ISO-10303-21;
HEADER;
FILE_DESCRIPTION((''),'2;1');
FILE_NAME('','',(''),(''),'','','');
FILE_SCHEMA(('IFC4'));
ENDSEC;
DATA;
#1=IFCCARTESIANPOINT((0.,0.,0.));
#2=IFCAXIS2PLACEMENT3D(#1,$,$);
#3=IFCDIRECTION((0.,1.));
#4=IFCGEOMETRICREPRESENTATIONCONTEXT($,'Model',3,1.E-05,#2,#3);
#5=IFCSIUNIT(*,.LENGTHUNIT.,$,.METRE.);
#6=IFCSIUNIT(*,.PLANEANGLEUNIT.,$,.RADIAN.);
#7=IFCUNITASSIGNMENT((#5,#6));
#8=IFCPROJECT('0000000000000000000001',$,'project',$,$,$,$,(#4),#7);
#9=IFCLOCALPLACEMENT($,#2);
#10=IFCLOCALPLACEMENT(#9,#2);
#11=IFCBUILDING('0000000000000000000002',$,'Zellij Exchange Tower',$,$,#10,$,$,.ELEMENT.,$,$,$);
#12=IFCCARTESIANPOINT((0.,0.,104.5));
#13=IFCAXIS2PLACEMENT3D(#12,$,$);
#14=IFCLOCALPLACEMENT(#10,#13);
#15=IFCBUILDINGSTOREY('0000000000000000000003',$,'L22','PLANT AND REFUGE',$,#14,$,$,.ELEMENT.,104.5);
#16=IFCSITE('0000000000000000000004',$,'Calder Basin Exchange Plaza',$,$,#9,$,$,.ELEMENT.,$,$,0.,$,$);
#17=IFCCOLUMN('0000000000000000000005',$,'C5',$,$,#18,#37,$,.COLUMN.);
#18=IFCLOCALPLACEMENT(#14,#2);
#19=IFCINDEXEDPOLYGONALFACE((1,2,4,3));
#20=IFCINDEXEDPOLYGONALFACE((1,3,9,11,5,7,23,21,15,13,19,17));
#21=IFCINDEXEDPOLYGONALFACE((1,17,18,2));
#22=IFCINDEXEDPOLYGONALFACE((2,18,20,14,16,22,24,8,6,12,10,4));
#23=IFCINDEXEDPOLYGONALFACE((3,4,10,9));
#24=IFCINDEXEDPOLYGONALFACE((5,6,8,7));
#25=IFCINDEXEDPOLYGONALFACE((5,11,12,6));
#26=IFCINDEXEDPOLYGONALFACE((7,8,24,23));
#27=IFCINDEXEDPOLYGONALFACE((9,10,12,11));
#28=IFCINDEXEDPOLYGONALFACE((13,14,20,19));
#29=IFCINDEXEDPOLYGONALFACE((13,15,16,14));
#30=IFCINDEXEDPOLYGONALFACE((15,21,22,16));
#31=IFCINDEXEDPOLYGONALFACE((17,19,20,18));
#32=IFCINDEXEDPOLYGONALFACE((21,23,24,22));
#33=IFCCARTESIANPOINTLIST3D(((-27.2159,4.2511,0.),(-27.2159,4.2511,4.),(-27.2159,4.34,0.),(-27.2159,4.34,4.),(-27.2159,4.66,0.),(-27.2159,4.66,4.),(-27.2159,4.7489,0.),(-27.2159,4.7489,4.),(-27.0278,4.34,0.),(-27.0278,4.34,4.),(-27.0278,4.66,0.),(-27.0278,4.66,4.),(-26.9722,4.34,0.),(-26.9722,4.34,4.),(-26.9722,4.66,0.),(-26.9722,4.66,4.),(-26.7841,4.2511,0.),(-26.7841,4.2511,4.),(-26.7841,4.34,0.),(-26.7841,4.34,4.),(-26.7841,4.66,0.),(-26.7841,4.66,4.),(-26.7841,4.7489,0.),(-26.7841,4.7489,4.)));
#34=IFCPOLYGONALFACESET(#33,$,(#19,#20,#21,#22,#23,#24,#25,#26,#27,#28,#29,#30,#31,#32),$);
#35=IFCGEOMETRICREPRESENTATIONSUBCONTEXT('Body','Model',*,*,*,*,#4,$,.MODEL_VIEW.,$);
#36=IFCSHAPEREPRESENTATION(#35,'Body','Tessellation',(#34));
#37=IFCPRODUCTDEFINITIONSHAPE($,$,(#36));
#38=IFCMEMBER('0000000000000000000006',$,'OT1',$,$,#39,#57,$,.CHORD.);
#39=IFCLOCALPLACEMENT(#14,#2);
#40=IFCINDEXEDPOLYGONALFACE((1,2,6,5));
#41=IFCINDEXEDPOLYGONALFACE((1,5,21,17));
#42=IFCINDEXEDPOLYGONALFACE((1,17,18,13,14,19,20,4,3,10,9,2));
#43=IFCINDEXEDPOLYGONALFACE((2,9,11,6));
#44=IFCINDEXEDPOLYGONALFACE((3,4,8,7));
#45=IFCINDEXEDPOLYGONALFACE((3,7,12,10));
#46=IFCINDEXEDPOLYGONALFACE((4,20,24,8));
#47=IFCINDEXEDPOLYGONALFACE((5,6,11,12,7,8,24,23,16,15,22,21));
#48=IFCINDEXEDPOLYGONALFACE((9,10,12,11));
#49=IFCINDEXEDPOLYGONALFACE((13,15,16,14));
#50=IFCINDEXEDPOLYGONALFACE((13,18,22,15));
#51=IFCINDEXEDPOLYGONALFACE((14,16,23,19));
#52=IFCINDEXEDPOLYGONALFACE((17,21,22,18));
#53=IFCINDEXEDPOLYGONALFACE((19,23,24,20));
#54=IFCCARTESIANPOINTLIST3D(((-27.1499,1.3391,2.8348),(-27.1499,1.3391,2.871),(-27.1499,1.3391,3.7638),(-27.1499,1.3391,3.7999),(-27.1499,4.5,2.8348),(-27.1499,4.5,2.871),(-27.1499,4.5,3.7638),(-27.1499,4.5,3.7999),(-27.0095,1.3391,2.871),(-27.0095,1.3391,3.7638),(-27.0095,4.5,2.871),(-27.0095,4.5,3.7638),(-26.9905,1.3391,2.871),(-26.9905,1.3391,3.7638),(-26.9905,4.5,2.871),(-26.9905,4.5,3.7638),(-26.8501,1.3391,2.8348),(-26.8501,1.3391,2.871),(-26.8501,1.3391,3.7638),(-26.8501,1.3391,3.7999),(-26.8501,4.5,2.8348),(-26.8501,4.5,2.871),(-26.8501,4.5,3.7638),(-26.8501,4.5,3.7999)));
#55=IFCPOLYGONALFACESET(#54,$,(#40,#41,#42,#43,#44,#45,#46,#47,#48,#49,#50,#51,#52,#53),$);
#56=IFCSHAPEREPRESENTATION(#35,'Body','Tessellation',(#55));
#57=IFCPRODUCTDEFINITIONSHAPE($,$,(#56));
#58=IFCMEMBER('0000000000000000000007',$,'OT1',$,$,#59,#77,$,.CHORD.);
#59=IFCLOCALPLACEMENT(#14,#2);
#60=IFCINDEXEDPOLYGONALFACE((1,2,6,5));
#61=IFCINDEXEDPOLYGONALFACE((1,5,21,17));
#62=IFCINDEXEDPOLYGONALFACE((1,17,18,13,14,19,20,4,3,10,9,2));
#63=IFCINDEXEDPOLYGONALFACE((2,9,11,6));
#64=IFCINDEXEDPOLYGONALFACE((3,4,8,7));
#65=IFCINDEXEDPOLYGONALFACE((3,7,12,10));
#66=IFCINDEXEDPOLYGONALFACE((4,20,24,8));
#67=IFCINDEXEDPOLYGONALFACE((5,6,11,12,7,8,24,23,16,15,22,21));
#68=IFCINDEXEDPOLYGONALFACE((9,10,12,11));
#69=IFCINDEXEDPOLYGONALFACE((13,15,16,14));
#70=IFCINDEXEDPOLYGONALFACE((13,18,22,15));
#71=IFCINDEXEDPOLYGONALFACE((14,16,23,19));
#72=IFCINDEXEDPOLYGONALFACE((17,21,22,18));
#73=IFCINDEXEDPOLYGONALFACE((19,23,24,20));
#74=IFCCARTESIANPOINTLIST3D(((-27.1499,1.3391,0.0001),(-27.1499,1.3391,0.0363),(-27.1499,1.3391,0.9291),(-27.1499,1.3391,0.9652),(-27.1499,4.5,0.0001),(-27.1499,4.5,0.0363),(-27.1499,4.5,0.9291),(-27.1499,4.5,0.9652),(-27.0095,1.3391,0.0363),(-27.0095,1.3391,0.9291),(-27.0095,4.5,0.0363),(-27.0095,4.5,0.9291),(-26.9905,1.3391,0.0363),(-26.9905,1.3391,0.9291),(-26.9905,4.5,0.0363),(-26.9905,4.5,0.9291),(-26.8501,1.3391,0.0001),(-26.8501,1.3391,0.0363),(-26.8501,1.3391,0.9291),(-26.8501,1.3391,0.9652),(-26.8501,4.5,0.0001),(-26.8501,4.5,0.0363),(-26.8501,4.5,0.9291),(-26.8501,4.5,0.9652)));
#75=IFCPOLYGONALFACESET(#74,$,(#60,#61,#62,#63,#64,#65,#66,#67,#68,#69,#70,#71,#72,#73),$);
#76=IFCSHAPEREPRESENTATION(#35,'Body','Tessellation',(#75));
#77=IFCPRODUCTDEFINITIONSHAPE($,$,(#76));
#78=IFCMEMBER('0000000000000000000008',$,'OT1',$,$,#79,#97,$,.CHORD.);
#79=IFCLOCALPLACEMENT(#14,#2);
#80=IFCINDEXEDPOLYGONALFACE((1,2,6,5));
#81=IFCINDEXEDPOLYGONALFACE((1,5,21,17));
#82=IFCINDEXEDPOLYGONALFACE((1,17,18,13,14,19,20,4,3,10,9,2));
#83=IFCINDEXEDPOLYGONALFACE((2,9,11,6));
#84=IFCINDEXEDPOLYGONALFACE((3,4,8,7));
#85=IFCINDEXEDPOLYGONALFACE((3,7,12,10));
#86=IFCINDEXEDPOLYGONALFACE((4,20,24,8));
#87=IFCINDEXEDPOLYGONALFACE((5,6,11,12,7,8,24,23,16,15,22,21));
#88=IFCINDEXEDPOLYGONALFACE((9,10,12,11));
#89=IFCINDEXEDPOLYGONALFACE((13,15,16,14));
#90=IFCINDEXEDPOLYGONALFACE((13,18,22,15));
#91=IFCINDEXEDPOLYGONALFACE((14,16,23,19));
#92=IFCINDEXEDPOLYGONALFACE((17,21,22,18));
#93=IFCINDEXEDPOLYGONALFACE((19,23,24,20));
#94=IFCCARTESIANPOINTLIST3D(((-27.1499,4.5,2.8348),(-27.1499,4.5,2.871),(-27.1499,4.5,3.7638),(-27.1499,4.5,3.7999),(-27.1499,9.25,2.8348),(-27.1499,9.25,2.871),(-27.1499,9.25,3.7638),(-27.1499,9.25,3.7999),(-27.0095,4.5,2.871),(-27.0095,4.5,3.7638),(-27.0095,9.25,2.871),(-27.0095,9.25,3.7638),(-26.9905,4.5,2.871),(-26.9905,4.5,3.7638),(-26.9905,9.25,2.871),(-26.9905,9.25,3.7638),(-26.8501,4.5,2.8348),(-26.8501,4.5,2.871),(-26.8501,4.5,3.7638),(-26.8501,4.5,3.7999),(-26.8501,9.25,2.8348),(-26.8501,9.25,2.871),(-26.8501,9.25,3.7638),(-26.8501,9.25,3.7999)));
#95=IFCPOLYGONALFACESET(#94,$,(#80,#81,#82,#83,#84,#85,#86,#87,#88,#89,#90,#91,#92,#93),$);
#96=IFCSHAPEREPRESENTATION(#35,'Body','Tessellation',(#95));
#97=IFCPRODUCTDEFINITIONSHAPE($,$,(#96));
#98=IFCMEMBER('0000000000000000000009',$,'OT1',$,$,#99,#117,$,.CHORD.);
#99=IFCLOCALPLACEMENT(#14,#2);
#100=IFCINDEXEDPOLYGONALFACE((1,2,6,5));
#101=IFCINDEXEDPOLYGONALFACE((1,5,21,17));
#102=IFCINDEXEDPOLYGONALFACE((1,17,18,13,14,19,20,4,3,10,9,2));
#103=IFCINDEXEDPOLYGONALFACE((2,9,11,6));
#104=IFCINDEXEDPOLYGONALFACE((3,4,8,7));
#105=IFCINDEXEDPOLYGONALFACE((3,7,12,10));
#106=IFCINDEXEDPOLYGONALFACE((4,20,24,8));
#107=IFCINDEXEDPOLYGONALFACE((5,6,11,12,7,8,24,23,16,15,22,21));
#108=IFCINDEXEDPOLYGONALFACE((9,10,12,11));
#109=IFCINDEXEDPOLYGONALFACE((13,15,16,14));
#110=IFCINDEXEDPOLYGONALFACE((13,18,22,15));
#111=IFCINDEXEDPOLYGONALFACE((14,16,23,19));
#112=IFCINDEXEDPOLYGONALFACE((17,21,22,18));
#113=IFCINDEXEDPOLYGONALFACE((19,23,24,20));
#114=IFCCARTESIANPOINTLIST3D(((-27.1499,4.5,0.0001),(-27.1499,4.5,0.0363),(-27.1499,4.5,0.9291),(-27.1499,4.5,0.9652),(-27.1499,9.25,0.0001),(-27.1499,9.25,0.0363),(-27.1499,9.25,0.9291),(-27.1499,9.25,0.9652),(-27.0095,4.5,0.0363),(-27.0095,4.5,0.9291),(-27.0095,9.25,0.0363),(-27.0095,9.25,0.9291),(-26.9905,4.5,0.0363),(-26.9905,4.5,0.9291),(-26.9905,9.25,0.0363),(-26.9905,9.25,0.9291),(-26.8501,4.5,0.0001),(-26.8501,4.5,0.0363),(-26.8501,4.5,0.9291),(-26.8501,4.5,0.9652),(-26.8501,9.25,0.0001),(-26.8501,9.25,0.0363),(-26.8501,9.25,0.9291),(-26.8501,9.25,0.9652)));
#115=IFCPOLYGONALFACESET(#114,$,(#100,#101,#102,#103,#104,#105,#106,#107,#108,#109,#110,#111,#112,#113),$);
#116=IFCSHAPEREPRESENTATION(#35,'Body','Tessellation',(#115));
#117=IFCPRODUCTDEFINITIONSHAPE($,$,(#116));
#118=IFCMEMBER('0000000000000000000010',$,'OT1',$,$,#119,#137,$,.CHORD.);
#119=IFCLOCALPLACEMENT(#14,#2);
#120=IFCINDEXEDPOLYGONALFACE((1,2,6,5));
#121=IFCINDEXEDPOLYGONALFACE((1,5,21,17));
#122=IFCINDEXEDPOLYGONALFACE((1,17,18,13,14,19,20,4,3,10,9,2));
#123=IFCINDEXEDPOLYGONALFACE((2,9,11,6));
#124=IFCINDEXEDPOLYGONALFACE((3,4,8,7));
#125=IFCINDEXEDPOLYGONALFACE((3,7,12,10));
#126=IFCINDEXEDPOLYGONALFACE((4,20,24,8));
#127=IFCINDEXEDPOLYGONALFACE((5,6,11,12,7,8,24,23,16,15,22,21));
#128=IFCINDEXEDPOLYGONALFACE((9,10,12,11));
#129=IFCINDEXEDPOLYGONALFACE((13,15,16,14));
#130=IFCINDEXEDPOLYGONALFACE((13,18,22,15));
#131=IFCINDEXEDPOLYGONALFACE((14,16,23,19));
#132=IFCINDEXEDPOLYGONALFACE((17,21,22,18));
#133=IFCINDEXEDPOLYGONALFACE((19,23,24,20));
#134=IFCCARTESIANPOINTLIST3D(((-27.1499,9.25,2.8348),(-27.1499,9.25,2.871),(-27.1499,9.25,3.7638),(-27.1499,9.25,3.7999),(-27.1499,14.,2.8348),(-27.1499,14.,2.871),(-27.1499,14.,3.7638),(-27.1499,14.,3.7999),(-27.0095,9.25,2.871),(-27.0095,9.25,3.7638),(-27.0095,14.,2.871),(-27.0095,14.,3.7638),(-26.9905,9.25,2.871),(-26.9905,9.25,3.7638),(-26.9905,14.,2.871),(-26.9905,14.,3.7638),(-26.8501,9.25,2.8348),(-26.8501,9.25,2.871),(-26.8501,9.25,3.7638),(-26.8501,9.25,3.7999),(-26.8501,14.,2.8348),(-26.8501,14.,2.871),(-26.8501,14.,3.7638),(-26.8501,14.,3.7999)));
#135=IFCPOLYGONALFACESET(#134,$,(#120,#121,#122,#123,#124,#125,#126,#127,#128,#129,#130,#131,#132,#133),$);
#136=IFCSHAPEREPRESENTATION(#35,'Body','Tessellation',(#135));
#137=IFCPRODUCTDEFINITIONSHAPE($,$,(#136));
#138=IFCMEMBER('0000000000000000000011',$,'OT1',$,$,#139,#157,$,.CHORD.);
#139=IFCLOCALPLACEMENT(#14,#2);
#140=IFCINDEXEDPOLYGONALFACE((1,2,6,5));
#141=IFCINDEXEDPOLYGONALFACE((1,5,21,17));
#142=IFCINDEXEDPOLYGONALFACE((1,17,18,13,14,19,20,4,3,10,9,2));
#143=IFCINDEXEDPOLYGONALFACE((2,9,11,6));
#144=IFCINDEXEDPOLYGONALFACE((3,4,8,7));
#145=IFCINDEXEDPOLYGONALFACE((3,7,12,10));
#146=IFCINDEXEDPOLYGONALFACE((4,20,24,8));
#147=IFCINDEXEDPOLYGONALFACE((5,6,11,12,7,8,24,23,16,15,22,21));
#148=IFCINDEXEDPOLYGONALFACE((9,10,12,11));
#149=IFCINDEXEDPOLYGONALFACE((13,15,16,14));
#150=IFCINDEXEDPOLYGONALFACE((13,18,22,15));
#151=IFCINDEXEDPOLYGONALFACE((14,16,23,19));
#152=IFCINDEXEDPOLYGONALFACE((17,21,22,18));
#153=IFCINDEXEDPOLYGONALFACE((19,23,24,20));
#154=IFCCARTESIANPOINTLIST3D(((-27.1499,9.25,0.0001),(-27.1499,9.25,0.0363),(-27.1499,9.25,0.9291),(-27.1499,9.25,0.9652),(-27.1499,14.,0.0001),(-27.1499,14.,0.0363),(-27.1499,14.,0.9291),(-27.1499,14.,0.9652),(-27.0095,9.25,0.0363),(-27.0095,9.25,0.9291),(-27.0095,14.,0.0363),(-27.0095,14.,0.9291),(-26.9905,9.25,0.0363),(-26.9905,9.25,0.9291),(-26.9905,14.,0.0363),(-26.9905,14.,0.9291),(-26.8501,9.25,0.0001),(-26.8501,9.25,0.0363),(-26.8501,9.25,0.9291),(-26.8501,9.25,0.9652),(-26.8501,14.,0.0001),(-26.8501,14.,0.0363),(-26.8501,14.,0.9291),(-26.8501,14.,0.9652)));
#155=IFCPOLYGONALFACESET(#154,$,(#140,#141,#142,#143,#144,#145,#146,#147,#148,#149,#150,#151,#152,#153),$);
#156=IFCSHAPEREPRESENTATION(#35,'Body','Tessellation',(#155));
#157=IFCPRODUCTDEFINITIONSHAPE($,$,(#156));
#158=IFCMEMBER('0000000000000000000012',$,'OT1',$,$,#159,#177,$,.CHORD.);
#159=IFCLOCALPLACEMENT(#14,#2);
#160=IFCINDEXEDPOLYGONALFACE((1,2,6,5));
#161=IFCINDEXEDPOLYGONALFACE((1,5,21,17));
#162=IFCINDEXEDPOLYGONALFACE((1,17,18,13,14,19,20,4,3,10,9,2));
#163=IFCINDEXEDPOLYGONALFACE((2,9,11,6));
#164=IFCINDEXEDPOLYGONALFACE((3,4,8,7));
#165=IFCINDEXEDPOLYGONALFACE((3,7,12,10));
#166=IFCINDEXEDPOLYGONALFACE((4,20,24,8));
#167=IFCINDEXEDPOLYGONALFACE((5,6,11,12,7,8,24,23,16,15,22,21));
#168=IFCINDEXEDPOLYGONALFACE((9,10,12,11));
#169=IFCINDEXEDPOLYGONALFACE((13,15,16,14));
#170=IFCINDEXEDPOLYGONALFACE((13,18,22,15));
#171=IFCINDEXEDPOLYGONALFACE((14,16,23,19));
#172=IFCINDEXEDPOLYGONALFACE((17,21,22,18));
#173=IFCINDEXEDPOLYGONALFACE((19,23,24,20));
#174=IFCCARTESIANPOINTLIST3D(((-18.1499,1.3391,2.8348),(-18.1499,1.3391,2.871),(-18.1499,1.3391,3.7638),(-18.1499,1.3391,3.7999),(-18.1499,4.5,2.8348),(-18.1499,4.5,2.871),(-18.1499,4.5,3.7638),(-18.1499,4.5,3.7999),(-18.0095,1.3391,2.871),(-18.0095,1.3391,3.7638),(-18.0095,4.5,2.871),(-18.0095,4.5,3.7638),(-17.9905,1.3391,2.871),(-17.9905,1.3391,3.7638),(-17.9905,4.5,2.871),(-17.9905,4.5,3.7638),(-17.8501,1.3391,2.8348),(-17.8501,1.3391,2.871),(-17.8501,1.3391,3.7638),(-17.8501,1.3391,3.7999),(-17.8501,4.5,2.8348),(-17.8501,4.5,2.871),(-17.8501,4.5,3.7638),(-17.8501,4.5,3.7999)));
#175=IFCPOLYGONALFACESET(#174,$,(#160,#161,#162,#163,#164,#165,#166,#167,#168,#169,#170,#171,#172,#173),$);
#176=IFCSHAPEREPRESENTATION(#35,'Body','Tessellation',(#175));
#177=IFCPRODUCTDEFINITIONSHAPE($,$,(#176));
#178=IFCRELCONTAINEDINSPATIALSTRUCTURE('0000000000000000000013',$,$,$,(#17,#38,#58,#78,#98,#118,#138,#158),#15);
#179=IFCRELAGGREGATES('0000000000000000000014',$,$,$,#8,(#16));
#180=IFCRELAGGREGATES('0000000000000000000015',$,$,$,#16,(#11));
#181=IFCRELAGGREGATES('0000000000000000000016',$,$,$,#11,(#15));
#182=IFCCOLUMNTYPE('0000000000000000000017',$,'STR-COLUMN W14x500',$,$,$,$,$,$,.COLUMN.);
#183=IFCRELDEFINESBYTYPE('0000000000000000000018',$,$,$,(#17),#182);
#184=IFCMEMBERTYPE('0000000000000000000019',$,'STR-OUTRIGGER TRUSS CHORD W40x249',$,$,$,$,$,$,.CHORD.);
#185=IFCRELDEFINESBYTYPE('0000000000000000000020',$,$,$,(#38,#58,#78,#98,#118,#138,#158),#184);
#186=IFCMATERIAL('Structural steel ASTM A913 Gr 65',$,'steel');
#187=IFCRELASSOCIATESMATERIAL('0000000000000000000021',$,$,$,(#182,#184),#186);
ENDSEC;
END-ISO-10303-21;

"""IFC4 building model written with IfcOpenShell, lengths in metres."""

from ifc_helpers import new_model, si_unit, direction, frame, origin, origin_2d, place, context, subcontext, project, spatial, i_section, extrude, material, material_profile, profile_set, type_object, element, save


model = new_model("IFC4")

# Units and contexts
model_context = context("Model", 3, precision=1e-05, world=origin(), true_north=direction((0.0, 1.0)))
body_context = subcontext(model_context, "Body", "Model", "MODEL_VIEW")
ifc_project = project(units=[si_unit("LENGTHUNIT", "METRE"), si_unit("PLANEANGLEUNIT", "RADIAN")], contexts=[model_context])

# Site, building, storey
site_placement = place(None, origin())
site = spatial("IfcSite", under=ifc_project, at=site_placement, Name="Calder Basin Exchange Plaza", CompositionType="ELEMENT", RefElevation=0.0)
building_placement = place(site_placement, origin())
building = spatial("IfcBuilding", under=site, at=building_placement, Name="Zellij Exchange Tower", CompositionType="ELEMENT")
storey_placement = place(building_placement, frame((0.0, 0.0, 104.5)))
storey = spatial("IfcBuildingStorey", under=building, at=storey_placement, Name="L22", Description="PLANT AND REFUGE", CompositionType="ELEMENT", Elevation=104.5)

# Column
ifc_material_1 = material(Name="Structural steel ASTM A913 Gr 65", Category="steel")
ifc_material_profile_1 = material_profile(ifc_material_1, i_section(OverallWidth=0.4319, OverallDepth=0.4978, WebThickness=0.0557, FlangeThickness=0.0889, at=origin_2d()), Name="W14x500")
ifc_profile_set_1 = profile_set([ifc_material_profile_1], Name="Structural steel ASTM A913 Gr 65")
column_type = type_object("IfcColumnType", Name="STR-COLUMN W14x500", PredefinedType="COLUMN", material=ifc_profile_set_1)
column_placement = place(storey_placement, frame((-27.0, 4.5, 0.0), z_axis=(0.0, 0.0, 1.0), x_axis=(1.0, 0.0, 0.0)))
element("IfcColumn", 1, at=column_placement, inside=storey, type_object=column_type, Name="C5", PredefinedType="COLUMN", context=body_context, shape_type="SweptSolid", body=[
    extrude(i_section(OverallWidth=0.4319, OverallDepth=0.4978, WebThickness=0.0557, FlangeThickness=0.0889, at=origin_2d()), origin(), (0.0, 0.0, 1.0), 4.0),
])

# Members
ifc_material_profile_2 = material_profile(ifc_material_1, i_section(OverallWidth=0.2998, OverallDepth=0.9651, WebThickness=0.019, FlangeThickness=0.0361, at=origin_2d()), Name="W40x249")
ifc_profile_set_2 = profile_set([ifc_material_profile_2], Name="Structural steel ASTM A913 Gr 65")
member_type_1 = type_object("IfcMemberType", Name="STR-OUTRIGGER TRUSS CHORD W40x249", PredefinedType="CHORD", material=ifc_profile_set_2)
for number, where, z_axis, x_axis, name in (
    (2, (-27.0, 1.3391, 3.3174), (0.0, 1.0, 0.0), (-1.0, 0.0, 0.0), "OT1"),
    (3, (-27.0, 1.3391, 0.4827), (0.0, 1.0, 0.0), (-1.0, 0.0, 0.0), "OT1"),
):
    element("IfcMember", number, at=place(storey_placement, frame(where, z_axis=z_axis, x_axis=x_axis)), inside=storey, type_object=member_type_1, Name=name, PredefinedType="CHORD", context=body_context, shape_type="SweptSolid", body=[
        extrude(i_section(OverallWidth=0.2998, OverallDepth=0.9651, WebThickness=0.019, FlangeThickness=0.0361, at=origin_2d()), origin(), (0.0, 0.0, 1.0), 3.1609),
    ])
for number, where, z_axis, x_axis, name in (
    (4, (-27.0, 4.5, 3.3174), (0.0, 1.0, 0.0), (-1.0, 0.0, 0.0), "OT1"),
    (5, (-27.0, 4.5, 0.4827), (0.0, 1.0, 0.0), (-1.0, 0.0, 0.0), "OT1"),
    (6, (-27.0, 9.25, 3.3174), (0.0, 1.0, 0.0), (-1.0, 0.0, 0.0), "OT1"),
    (7, (-27.0, 9.25, 0.4827), (0.0, 1.0, 0.0), (-1.0, 0.0, 0.0), "OT1"),
):
    element("IfcMember", number, at=place(storey_placement, frame(where, z_axis=z_axis, x_axis=x_axis)), inside=storey, type_object=member_type_1, Name=name, PredefinedType="CHORD", context=body_context, shape_type="SweptSolid", body=[
        extrude(i_section(OverallWidth=0.2998, OverallDepth=0.9651, WebThickness=0.019, FlangeThickness=0.0361, at=origin_2d()), origin(), (0.0, 0.0, 1.0), 4.75),
    ])
member_1_placement = place(storey_placement, frame((-18.0, 1.3391, 3.3174), z_axis=(0.0, 1.0, 0.0), x_axis=(-1.0, 0.0, 0.0)))
element("IfcMember", 8, at=member_1_placement, inside=storey, type_object=member_type_1, Name="OT1", PredefinedType="CHORD", context=body_context, shape_type="SweptSolid", body=[
    extrude(i_section(OverallWidth=0.2998, OverallDepth=0.9651, WebThickness=0.019, FlangeThickness=0.0361, at=origin_2d()), origin(), (0.0, 0.0, 1.0), 3.1609),
])

save(model, "model.ifc")
